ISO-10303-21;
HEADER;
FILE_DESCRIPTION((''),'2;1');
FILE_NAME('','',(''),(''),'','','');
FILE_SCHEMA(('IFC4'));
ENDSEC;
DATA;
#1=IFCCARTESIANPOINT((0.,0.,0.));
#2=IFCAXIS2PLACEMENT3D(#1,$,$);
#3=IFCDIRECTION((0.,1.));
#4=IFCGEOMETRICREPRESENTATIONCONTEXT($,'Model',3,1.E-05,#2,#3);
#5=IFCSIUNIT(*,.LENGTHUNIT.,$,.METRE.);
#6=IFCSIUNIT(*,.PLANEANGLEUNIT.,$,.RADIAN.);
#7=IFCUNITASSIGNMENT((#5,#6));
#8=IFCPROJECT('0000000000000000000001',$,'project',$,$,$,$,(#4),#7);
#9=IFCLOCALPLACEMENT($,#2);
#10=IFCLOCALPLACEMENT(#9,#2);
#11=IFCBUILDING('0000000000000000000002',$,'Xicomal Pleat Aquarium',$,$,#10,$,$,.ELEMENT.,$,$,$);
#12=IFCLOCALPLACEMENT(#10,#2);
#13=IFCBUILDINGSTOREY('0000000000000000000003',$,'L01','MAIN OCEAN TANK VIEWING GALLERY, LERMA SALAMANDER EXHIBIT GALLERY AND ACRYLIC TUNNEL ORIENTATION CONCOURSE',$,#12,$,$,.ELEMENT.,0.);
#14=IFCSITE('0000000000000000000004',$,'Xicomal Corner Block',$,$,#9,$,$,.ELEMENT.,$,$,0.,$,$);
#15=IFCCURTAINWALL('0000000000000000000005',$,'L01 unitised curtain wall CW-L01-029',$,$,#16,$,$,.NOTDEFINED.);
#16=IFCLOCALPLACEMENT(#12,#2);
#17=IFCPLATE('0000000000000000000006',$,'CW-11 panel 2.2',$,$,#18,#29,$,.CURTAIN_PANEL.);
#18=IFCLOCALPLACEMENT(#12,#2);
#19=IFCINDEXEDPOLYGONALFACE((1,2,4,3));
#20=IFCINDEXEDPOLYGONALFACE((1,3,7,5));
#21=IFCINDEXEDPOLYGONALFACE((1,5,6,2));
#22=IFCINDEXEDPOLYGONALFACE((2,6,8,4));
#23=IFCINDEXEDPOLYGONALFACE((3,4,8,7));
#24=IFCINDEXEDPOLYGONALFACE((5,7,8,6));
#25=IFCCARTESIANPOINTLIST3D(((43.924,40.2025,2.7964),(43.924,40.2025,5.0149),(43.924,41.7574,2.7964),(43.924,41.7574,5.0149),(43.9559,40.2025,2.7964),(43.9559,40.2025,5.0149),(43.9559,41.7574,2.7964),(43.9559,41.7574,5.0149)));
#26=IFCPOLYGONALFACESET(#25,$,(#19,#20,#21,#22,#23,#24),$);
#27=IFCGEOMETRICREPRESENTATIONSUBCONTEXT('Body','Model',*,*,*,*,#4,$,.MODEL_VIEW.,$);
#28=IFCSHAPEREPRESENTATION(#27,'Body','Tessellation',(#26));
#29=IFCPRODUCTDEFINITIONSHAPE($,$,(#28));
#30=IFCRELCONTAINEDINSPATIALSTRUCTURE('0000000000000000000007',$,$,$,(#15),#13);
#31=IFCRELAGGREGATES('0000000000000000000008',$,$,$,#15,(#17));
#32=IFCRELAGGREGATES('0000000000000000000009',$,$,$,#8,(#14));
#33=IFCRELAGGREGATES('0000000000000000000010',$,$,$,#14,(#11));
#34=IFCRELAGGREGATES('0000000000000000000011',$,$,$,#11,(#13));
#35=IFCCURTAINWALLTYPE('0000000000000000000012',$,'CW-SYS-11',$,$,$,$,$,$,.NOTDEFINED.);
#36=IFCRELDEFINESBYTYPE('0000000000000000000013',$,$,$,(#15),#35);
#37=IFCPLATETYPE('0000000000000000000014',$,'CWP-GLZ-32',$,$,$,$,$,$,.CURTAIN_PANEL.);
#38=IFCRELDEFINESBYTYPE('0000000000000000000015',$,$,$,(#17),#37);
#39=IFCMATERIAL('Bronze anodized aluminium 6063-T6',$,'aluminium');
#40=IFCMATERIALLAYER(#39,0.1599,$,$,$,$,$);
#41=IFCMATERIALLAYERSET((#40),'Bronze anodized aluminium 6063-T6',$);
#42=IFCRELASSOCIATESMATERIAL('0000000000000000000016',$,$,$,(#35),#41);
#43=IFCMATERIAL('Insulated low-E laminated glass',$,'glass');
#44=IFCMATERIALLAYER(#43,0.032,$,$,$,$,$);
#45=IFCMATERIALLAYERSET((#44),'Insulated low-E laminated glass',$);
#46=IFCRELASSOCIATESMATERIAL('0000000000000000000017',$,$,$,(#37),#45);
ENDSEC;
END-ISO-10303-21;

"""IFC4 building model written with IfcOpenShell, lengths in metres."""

from ifc_helpers import new_model, si_unit, direction, frame, origin, origin_2d, place, context, subcontext, project, spatial, rectangle, extrude, material, layer, layer_set, type_object, element, aggregate, save


model = new_model("IFC4")

# Units and contexts
model_context = context("Model", 3, precision=1e-05, world=origin(), true_north=direction((0.0, 1.0)))
body_context = subcontext(model_context, "Body", "Model", "MODEL_VIEW")
ifc_project = project(units=[si_unit("LENGTHUNIT", "METRE"), si_unit("PLANEANGLEUNIT", "RADIAN")], contexts=[model_context])

# Site, building, storey
site_placement = place(None, origin())
site = spatial("IfcSite", under=ifc_project, at=site_placement, Name="Xicomal Corner Block", CompositionType="ELEMENT", RefElevation=0.0)
building_placement = place(site_placement, origin())
building = spatial("IfcBuilding", under=site, at=building_placement, Name="Xicomal Pleat Aquarium", CompositionType="ELEMENT")
storey_placement = place(building_placement, origin())
storey = spatial("IfcBuildingStorey", under=building, at=storey_placement, Name="L01", Description="MAIN OCEAN TANK VIEWING GALLERY, LERMA SALAMANDER EXHIBIT GALLERY AND ACRYLIC TUNNEL ORIENTATION CONCOURSE", CompositionType="ELEMENT", Elevation=0.0)

# Curtain wall
ifc_material_1 = material(Name="Bronze anodized aluminium 6063-T6", Category="aluminium")
ifc_layer_1 = layer(ifc_material_1, 0.1599)
ifc_layer_set_1 = layer_set([ifc_layer_1], Name="Bronze anodized aluminium 6063-T6")
curtain_wall_type_1 = type_object("IfcCurtainWallType", Name="CW-SYS-11", PredefinedType="NOTDEFINED", material=ifc_layer_set_1)
curtain_wall_1_placement = place(storey_placement, origin())
curtain_wall_1 = element("IfcCurtainWall", 1, at=curtain_wall_1_placement, inside=storey, type_object=curtain_wall_type_1, Name="L01 unitised curtain wall CW-L01-029", PredefinedType="NOTDEFINED")

# Plate
ifc_material_2 = material(Name="Insulated low-E laminated glass", Category="glass")
ifc_layer_2 = layer(ifc_material_2, 0.032)
ifc_layer_set_2 = layer_set([ifc_layer_2], Name="Insulated low-E laminated glass")
plate_type_1 = type_object("IfcPlateType", Name="CWP-GLZ-32", PredefinedType="CURTAIN_PANEL", material=ifc_layer_set_2)
plate_1_placement = place(storey_placement, frame((43.9399, 40.98, 2.7964), z_axis=(0.0, 0.0, 1.0), x_axis=(0.0, 1.0, 0.0)))
plate_1 = element("IfcPlate", 2, at=plate_1_placement, type_object=plate_type_1, Name="CW-11 panel 2.2", PredefinedType="CURTAIN_PANEL", context=body_context, shape_type="SweptSolid", body=[
    extrude(rectangle(XDim=1.5549, YDim=0.032, at=origin_2d()), origin(), (0.0, 0.0, 1.0), 2.2185),
])
aggregate(curtain_wall_1, [plate_1])

save(model, "model.ifc")
